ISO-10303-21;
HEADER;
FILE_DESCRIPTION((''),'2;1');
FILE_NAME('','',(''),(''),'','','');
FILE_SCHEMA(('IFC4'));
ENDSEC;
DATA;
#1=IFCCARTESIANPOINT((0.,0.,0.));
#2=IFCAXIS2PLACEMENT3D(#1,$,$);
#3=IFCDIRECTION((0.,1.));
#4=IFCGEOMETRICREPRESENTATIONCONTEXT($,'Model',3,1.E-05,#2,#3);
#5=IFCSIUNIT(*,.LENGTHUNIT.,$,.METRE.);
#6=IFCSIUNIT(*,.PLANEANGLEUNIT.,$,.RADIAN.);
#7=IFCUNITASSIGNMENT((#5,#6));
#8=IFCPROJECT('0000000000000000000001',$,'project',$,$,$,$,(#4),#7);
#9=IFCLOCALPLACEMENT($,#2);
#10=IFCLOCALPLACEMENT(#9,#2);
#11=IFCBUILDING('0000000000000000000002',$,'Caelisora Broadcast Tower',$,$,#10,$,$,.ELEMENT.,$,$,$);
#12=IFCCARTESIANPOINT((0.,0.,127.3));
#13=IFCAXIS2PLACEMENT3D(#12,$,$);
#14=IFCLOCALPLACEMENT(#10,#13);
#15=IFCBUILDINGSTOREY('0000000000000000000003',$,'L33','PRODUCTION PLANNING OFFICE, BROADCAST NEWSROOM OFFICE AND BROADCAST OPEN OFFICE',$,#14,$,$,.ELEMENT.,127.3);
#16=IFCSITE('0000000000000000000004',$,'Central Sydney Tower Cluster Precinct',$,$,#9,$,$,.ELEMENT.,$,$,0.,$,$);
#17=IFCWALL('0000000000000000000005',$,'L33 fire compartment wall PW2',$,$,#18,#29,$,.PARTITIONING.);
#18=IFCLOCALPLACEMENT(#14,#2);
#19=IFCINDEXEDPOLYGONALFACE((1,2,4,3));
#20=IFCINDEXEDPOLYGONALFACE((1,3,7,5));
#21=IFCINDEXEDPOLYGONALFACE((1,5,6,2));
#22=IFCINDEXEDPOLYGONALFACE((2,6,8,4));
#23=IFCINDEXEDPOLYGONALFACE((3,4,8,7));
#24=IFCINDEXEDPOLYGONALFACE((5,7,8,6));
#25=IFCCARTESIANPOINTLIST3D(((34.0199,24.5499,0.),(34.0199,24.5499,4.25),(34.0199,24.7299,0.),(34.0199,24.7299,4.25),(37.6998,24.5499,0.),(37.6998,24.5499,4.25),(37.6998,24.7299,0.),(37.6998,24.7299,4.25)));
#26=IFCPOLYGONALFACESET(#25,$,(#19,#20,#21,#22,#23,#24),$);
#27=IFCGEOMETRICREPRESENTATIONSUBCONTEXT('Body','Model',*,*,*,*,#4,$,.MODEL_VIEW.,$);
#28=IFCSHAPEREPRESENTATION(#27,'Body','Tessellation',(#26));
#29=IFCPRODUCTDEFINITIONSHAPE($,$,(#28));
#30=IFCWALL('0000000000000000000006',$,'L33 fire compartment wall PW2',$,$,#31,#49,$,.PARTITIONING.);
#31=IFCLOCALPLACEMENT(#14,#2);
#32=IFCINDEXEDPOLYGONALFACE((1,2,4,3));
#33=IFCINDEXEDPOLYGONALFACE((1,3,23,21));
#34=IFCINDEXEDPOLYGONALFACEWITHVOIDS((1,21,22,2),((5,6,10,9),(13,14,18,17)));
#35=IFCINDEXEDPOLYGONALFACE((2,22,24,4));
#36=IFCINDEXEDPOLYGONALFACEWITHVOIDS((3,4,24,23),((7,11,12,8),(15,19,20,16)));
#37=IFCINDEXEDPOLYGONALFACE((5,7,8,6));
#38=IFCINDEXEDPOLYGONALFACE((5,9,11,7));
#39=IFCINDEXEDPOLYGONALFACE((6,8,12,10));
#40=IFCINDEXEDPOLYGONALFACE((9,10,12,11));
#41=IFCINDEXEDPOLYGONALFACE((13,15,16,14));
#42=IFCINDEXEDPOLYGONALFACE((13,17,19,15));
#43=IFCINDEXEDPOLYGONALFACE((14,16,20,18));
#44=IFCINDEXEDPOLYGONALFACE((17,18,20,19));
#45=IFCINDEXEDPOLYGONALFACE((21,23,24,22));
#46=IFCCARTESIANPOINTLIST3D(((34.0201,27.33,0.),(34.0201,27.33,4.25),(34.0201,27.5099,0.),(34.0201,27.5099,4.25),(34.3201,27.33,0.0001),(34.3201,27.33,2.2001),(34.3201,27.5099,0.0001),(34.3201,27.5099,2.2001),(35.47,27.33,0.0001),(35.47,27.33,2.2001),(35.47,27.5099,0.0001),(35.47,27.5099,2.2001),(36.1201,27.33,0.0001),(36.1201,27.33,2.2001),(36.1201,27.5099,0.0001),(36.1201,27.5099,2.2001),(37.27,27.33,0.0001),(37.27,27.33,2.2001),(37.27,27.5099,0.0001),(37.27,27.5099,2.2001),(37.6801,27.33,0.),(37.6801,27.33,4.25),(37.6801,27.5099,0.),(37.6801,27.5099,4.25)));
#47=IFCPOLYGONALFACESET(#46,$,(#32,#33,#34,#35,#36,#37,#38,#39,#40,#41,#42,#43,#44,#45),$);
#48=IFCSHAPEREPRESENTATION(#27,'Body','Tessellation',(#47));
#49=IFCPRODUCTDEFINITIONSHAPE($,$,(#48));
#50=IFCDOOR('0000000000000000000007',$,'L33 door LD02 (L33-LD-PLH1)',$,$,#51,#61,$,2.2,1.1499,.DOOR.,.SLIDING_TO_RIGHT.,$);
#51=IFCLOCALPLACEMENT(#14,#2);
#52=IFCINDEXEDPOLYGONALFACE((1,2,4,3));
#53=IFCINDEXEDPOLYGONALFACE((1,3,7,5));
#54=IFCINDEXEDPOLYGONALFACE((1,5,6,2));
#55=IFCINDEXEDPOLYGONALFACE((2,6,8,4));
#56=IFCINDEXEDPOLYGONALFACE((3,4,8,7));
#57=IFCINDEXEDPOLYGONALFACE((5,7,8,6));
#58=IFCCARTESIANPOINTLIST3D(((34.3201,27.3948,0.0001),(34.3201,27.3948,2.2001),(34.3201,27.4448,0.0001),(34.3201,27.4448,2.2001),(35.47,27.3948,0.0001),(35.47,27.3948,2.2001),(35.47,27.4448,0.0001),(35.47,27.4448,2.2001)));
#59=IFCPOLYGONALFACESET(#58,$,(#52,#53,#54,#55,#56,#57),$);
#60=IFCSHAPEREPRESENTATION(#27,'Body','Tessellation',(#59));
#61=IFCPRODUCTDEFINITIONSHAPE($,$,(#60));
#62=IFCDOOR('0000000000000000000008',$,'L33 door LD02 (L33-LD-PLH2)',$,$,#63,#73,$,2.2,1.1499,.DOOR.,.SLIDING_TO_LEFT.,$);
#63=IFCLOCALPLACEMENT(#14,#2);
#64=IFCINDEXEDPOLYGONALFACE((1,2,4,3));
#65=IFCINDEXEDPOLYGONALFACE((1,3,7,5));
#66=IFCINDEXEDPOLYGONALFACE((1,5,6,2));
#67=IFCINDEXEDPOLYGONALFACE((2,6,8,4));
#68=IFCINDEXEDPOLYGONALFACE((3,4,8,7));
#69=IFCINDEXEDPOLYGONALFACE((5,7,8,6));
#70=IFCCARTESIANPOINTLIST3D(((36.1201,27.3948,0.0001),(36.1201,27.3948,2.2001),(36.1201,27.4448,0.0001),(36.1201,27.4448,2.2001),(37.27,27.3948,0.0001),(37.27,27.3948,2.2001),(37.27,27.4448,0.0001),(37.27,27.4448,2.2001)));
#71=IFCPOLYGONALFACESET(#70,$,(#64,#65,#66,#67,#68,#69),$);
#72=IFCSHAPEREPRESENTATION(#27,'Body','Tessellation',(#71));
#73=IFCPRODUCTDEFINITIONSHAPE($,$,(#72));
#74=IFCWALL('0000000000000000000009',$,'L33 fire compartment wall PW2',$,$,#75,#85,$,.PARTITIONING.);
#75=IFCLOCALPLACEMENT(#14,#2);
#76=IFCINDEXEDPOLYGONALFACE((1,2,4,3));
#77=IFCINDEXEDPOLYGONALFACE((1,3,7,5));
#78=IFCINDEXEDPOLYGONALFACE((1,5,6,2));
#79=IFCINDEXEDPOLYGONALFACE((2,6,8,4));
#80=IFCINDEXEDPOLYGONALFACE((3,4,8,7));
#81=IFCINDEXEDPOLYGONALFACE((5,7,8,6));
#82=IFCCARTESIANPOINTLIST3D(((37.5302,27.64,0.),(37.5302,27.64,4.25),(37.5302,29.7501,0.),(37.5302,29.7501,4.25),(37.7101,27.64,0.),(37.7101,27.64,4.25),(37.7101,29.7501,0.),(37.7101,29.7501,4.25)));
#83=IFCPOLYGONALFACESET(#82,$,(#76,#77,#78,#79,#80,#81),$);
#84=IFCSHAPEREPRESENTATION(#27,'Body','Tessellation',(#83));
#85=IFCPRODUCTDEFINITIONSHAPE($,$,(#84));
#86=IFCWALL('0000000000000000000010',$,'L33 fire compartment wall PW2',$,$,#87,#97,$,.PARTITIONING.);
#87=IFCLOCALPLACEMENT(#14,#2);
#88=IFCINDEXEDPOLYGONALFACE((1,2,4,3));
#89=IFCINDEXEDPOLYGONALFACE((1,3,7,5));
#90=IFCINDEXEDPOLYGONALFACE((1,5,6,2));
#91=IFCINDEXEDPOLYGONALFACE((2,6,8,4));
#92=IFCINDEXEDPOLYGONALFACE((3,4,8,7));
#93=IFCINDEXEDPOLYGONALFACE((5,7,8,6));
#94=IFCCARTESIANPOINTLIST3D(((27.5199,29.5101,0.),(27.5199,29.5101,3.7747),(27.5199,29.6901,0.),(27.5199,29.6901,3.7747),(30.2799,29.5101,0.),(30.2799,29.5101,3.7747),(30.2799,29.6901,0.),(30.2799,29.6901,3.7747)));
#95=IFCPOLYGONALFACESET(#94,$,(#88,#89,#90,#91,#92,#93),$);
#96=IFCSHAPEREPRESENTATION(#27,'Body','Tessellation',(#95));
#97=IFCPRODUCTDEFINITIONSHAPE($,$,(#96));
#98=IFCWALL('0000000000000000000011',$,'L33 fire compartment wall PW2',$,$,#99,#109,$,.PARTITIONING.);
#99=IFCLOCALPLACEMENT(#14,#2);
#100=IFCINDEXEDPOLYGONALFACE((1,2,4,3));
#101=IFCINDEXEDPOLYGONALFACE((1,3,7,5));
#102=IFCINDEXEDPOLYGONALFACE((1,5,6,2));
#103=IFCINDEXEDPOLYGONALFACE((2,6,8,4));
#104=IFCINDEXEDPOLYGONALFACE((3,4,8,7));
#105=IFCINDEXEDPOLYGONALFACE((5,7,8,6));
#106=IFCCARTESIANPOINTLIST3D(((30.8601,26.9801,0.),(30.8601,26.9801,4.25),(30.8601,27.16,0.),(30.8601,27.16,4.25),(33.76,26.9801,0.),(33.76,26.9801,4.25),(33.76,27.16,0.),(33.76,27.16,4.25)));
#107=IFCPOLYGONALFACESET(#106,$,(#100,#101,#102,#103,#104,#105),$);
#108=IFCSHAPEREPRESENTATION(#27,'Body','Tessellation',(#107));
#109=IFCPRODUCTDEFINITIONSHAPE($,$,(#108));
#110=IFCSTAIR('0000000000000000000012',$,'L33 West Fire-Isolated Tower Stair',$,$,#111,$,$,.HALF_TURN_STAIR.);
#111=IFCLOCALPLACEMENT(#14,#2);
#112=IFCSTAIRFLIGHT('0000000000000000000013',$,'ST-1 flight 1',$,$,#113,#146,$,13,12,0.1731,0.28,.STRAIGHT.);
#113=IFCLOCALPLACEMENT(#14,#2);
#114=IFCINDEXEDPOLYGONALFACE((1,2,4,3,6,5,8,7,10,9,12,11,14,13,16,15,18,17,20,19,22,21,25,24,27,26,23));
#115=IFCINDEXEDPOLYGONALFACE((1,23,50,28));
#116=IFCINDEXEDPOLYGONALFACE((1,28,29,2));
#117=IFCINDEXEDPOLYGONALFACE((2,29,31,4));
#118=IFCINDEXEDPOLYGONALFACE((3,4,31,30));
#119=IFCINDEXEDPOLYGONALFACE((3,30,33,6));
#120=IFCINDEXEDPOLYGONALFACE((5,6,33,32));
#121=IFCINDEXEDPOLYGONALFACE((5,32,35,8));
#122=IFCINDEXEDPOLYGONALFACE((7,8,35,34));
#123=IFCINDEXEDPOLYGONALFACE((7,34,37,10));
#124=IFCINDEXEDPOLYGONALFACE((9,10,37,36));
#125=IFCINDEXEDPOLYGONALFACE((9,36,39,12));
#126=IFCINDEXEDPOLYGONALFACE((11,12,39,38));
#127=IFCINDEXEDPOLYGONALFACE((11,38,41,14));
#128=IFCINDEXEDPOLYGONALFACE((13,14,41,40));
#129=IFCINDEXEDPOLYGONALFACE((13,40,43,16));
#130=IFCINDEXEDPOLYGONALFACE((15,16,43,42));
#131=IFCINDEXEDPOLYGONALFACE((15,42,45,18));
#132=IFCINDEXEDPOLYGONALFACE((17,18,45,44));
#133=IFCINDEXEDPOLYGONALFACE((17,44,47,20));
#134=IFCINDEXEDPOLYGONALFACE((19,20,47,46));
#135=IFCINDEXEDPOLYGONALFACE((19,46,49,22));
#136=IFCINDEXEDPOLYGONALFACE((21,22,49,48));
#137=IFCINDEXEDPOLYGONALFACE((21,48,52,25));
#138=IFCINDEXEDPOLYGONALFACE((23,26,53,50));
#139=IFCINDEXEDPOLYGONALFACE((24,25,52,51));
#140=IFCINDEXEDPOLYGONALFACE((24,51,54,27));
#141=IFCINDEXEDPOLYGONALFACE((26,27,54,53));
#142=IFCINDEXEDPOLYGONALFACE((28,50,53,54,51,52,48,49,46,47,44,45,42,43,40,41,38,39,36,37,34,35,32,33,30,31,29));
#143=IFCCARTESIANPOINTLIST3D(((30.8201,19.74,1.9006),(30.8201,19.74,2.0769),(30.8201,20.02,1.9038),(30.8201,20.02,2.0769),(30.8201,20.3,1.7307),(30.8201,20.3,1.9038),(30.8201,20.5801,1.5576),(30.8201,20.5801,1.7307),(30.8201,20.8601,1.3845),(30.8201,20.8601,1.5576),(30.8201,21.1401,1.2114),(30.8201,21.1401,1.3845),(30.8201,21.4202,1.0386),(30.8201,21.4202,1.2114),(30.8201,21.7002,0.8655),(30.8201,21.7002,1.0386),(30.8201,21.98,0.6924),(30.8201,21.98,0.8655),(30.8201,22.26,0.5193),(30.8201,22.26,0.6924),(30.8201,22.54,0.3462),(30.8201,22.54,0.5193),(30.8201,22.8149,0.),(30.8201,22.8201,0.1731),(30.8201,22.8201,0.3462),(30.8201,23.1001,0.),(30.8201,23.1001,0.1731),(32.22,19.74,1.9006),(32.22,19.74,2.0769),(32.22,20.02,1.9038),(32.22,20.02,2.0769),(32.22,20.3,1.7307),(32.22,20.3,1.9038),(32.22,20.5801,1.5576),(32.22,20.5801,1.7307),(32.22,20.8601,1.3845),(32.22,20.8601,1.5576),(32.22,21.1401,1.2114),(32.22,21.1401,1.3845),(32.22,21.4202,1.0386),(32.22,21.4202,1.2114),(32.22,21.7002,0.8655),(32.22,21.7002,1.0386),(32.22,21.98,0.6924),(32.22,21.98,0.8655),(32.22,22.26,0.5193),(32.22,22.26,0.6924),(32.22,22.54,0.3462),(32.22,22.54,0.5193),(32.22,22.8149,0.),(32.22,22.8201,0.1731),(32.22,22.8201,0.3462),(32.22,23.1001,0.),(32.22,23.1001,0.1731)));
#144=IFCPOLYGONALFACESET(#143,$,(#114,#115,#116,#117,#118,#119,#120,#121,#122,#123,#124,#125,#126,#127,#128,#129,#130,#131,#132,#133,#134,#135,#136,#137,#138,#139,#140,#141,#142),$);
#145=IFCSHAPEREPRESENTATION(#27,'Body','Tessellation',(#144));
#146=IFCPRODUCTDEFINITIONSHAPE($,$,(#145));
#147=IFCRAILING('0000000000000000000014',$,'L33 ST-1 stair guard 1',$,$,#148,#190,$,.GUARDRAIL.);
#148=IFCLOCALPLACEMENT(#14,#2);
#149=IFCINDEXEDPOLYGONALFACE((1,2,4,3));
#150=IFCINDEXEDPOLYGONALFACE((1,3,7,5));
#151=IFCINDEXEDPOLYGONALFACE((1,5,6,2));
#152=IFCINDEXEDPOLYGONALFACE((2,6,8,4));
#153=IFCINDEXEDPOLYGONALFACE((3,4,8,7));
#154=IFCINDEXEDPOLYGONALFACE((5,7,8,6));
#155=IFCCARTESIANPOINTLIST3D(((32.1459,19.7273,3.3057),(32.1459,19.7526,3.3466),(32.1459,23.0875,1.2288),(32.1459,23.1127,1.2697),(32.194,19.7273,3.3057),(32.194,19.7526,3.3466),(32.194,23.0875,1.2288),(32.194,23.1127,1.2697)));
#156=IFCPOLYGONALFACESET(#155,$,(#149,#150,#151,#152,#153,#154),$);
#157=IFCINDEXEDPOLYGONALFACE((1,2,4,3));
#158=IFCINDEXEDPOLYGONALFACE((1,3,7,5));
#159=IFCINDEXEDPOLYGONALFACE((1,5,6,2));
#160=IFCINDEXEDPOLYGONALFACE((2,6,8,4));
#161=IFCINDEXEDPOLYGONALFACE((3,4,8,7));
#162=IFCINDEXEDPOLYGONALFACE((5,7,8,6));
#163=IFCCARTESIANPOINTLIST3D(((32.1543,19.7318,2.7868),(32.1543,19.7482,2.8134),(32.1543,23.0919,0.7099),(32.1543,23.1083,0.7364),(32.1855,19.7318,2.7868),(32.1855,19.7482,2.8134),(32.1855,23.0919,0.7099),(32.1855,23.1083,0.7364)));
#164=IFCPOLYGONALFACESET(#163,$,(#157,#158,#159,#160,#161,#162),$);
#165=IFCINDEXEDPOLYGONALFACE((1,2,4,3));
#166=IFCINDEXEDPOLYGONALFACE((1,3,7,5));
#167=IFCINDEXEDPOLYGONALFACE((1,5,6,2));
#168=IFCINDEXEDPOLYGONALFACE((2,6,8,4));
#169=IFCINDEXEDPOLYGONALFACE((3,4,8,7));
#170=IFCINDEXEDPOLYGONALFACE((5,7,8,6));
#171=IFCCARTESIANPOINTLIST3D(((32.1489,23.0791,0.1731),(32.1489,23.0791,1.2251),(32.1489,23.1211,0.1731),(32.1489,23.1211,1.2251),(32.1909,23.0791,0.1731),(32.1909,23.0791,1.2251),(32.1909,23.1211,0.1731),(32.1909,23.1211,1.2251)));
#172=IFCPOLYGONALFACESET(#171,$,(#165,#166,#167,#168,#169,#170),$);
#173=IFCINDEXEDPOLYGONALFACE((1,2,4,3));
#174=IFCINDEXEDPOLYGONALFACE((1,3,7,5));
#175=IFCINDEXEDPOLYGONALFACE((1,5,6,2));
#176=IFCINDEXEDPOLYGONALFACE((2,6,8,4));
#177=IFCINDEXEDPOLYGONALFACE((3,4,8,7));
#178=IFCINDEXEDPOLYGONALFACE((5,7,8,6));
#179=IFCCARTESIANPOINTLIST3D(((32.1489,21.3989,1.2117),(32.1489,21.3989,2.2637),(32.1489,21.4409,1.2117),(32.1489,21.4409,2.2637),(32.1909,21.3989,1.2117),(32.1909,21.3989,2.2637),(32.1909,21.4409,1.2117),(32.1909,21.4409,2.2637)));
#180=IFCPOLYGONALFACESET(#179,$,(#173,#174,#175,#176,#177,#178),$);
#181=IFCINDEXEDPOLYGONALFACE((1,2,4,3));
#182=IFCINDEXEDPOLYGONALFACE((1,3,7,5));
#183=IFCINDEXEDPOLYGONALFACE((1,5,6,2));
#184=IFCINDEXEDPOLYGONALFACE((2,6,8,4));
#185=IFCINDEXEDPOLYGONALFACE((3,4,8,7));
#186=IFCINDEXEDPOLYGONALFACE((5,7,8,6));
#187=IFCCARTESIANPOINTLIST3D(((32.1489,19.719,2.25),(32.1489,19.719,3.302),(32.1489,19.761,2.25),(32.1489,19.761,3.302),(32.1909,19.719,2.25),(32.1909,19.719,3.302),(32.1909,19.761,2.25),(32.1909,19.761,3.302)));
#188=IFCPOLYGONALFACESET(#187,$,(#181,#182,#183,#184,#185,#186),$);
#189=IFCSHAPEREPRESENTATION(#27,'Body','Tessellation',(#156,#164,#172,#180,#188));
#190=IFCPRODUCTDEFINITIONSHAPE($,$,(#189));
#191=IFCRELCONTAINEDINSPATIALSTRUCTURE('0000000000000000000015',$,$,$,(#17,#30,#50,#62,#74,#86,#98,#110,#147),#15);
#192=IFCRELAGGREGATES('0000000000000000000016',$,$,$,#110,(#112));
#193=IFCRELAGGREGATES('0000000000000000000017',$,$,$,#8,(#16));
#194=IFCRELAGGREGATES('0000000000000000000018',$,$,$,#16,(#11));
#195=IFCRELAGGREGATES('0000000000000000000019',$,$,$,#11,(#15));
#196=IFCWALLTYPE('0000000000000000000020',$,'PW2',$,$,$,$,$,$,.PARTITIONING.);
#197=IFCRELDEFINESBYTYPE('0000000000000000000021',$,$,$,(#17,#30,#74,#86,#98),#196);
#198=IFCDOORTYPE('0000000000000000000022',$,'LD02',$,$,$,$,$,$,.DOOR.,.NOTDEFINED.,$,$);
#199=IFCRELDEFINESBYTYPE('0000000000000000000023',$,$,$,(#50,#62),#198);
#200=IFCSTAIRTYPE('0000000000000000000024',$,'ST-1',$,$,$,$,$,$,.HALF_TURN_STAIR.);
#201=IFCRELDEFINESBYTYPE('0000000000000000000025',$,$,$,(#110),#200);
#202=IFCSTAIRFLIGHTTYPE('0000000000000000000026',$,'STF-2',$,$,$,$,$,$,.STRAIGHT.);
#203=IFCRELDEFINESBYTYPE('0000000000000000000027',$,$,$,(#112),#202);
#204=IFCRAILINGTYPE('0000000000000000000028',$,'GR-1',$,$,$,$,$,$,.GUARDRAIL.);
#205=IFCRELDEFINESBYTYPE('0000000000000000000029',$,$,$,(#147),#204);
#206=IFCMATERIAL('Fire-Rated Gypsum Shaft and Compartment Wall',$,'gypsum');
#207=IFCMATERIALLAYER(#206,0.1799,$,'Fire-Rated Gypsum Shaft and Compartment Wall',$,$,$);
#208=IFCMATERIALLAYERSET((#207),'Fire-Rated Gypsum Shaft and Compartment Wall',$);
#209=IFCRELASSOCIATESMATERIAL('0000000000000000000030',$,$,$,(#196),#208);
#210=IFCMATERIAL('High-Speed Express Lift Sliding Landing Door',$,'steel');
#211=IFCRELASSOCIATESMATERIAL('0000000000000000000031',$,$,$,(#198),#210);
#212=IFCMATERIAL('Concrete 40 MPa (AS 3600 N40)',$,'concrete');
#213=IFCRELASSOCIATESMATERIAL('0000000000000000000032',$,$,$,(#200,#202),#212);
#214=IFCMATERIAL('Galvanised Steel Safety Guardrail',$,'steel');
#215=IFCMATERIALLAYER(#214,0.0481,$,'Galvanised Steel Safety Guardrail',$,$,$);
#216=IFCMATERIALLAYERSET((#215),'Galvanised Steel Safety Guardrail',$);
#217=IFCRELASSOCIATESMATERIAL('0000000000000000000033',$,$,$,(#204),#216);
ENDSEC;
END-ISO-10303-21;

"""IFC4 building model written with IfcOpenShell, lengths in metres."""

from ifc_helpers import new_model, si_unit, direction, frame, frame_2d, origin, origin_2d, place, context, subcontext, project, spatial, polyline, rectangle, outline, extrude, material, layer, layer_set, type_object, element, fill, aggregate, save


model = new_model("IFC4")

# Units and contexts
model_context = context("Model", 3, precision=1e-05, world=origin(), true_north=direction((0.0, 1.0)))
body_context = subcontext(model_context, "Body", "Model", "MODEL_VIEW")
ifc_project = project(units=[si_unit("LENGTHUNIT", "METRE"), si_unit("PLANEANGLEUNIT", "RADIAN")], contexts=[model_context])

# Site, building, storey
site_placement = place(None, origin())
site = spatial("IfcSite", under=ifc_project, at=site_placement, Name="Central Sydney Tower Cluster Precinct", CompositionType="ELEMENT", RefElevation=0.0)
building_placement = place(site_placement, origin())
building = spatial("IfcBuilding", under=site, at=building_placement, Name="Caelisora Broadcast Tower", CompositionType="ELEMENT")
storey_placement = place(building_placement, frame((0.0, 0.0, 127.3)))
storey = spatial("IfcBuildingStorey", under=building, at=storey_placement, Name="L33", Description="PRODUCTION PLANNING OFFICE, BROADCAST NEWSROOM OFFICE AND BROADCAST OPEN OFFICE", CompositionType="ELEMENT", Elevation=127.3)

# Shared definitions
ifc_material_1 = material(Name="Fire-Rated Gypsum Shaft and Compartment Wall", Category="gypsum")
ifc_layer_1 = layer(ifc_material_1, 0.1799, Name="Fire-Rated Gypsum Shaft and Compartment Wall")
ifc_layer_set_1 = layer_set([ifc_layer_1], Name="Fire-Rated Gypsum Shaft and Compartment Wall")
wall_type_1 = type_object("IfcWallType", Name="PW2", PredefinedType="PARTITIONING", material=ifc_layer_set_1)
ifc_material_2 = material(Name="High-Speed Express Lift Sliding Landing Door", Category="steel")
door_type = type_object("IfcDoorType", Name="LD02", OperationType="NOTDEFINED", PredefinedType="DOOR", material=ifc_material_2)

# Wall
wall_1_placement = place(storey_placement, frame((34.02, 24.6399, 0.0), z_axis=(0.0, 0.0, 1.0), x_axis=(1.0, 0.0, 0.0)))
element("IfcWall", 1, at=wall_1_placement, inside=storey, type_object=wall_type_1, Name="L33 fire compartment wall PW2", PredefinedType="PARTITIONING", context=body_context, shape_type="SweptSolid", body=[
    extrude(rectangle(XDim=3.6799, YDim=0.1799, at=frame_2d((1.8398, 0.0))), origin(), (0.0, 0.0, 1.0), 4.25),
])

# Wall, openings, doors
wall_2_placement = place(storey_placement, frame((34.02, 27.4199, 0.0), z_axis=(0.0, 0.0, 1.0), x_axis=(1.0, 0.0, 0.0)))
wall_2 = element("IfcWall", 2, at=wall_2_placement, inside=storey, type_object=wall_type_1, Name="L33 fire compartment wall PW2", PredefinedType="PARTITIONING", context=body_context, shape_type="SweptSolid", body=[
    extrude(rectangle(XDim=3.6599, YDim=0.1799, at=frame_2d((1.8301, 0.0))), origin(), (0.0, 0.0, 1.0), 4.25),
])
opening_1_placement = place(wall_2_placement, frame((0.3, 0.0, 0.0)))
opening_1 = element("IfcOpeningElement", 3, at=opening_1_placement, cuts=wall_2, PredefinedType="OPENING", context=body_context, shape_type="SweptSolid", body=[
    extrude(rectangle(XDim=1.1499, YDim=2.2, at=frame_2d((0.575, 1.1001))), frame((0.0, 0.1021, 0.0), z_axis=(0.0, -1.0, 0.0), x_axis=(1.0, 0.0, 0.0)), (0.0, 0.0, 1.0), 0.2039),
])
opening_2_placement = place(wall_2_placement, frame((2.1001, 0.0, 0.0)))
opening_2 = element("IfcOpeningElement", 4, at=opening_2_placement, cuts=wall_2, PredefinedType="OPENING", context=body_context, shape_type="SweptSolid", body=[
    extrude(rectangle(XDim=1.1499, YDim=2.2, at=frame_2d((0.575, 1.1001))), frame((0.0, 0.1021, 0.0), z_axis=(0.0, -1.0, 0.0), x_axis=(1.0, 0.0, 0.0)), (0.0, 0.0, 1.0), 0.2039),
])
door_1_placement = place(opening_1_placement, origin())
door_1 = element("IfcDoor", 5, at=door_1_placement, inside=storey, type_object=door_type, Name="L33 door LD02 (L33-LD-PLH1)", OperationType="SLIDING_TO_RIGHT", OverallHeight=2.2, OverallWidth=1.1499, PredefinedType="DOOR", context=body_context, shape_type="SweptSolid", body=[
    extrude(rectangle(XDim=1.1499, YDim=2.2, at=frame_2d((0.575, 1.1001))), frame((0.0, 0.0249, 0.0), z_axis=(0.0, -1.0, 0.0), x_axis=(1.0, 0.0, 0.0)), (0.0, 0.0, 1.0), 0.05),
])
fill(opening_1, door_1)
door_2_placement = place(opening_2_placement, origin())
door_2 = element("IfcDoor", 6, at=door_2_placement, inside=storey, type_object=door_type, Name="L33 door LD02 (L33-LD-PLH2)", OperationType="SLIDING_TO_LEFT", OverallHeight=2.2, OverallWidth=1.1499, PredefinedType="DOOR", context=body_context, shape_type="SweptSolid", body=[
    extrude(rectangle(XDim=1.1499, YDim=2.2, at=frame_2d((0.575, 1.1001))), frame((0.0, 0.0249, 0.0), z_axis=(0.0, -1.0, 0.0), x_axis=(1.0, 0.0, 0.0)), (0.0, 0.0, 1.0), 0.05),
])
fill(opening_2, door_2)

# Walls
wall_3_placement = place(storey_placement, frame((37.6201, 27.6399, 0.0), z_axis=(0.0, 0.0, 1.0), x_axis=(0.0, 1.0, 0.0)))
element("IfcWall", 7, at=wall_3_placement, inside=storey, type_object=wall_type_1, Name="L33 fire compartment wall PW2", PredefinedType="PARTITIONING", context=body_context, shape_type="SweptSolid", body=[
    extrude(rectangle(XDim=2.1101, YDim=0.1799, at=frame_2d((1.0552, 0.0))), origin(), (0.0, 0.0, 1.0), 4.25),
])
wall_4_placement = place(storey_placement, frame((27.52, 29.6001, 0.0), z_axis=(0.0, 0.0, 1.0), x_axis=(1.0, 0.0, 0.0)))
element("IfcWall", 8, at=wall_4_placement, inside=storey, type_object=wall_type_1, Name="L33 fire compartment wall PW2", PredefinedType="PARTITIONING", context=body_context, shape_type="SweptSolid", body=[
    extrude(rectangle(XDim=2.76, YDim=0.1799, at=frame_2d((1.3799, 0.0))), origin(), (0.0, 0.0, 1.0), 3.7747),
])
wall_5_placement = place(storey_placement, frame((30.8601, 27.0701, 0.0), z_axis=(0.0, 0.0, 1.0), x_axis=(1.0, 0.0, 0.0)))
element("IfcWall", 9, at=wall_5_placement, inside=storey, type_object=wall_type_1, Name="L33 fire compartment wall PW2", PredefinedType="PARTITIONING", context=body_context, shape_type="SweptSolid", body=[
    extrude(rectangle(XDim=2.8999, YDim=0.1799, at=frame_2d((1.45, 0.0))), origin(), (0.0, 0.0, 1.0), 4.25),
])

# Stair, stair flight
ifc_material_3 = material(Name="Concrete 40 MPa (AS 3600 N40)", Category="concrete")
stair_type = type_object("IfcStairType", Name="ST-1", PredefinedType="HALF_TURN_STAIR", material=ifc_material_3)
stair_placement = place(storey_placement, origin())
stair = element("IfcStair", 10, at=stair_placement, inside=storey, type_object=stair_type, Name="L33 West Fire-Isolated Tower Stair", PredefinedType="HALF_TURN_STAIR")
stair_flight_type = type_object("IfcStairFlightType", Name="STF-2", PredefinedType="STRAIGHT", material=ifc_material_3)
stair_flight_placement = place(storey_placement, frame((31.52, 23.1001, 0.0), z_axis=(0.0, 0.0, 1.0), x_axis=(0.0, -1.0, 0.0)))
stair_flight = element("IfcStairFlight", 11, at=stair_flight_placement, type_object=stair_flight_type, Name="ST-1 flight 1", NumberOfRisers=13, NumberOfTreads=12, PredefinedType="STRAIGHT", RiserHeight=0.1731, TreadLength=0.28, context=body_context, shape_type="SweptSolid", body=[
    extrude(outline(polyline([(0.0, 0.0), (0.0, 0.1731), (0.28, 0.1731), (0.28, 0.3462), (0.5601, 0.3462), (0.5601, 0.5193), (0.8401, 0.5193), (0.8401, 0.6924), (1.1201, 0.6924), (1.1201, 0.8655), (1.3999, 0.8655), (1.3999, 1.0386), (1.6799, 1.0386), (1.6799, 1.2114), (1.96, 1.2114), (1.96, 1.3845), (2.24, 1.3845), (2.24, 1.5576), (2.52, 1.5576), (2.52, 1.7307), (2.8, 1.7307), (2.8, 1.9038), (3.0801, 1.9038), (3.0801, 2.0769), (3.3601, 2.0769), (3.3601, 2.25), (3.3601, 1.9006), (0.2852, 0.0), (0.0, 0.0)])), frame((0.0, 0.7, 0.0), z_axis=(0.0, -1.0, 0.0), x_axis=(1.0, 0.0, 0.0)), (0.0, 0.0, 1.0), 1.3999),
])
aggregate(stair, [stair_flight])

# Railing
ifc_material_4 = material(Name="Galvanised Steel Safety Guardrail", Category="steel")
ifc_layer_2 = layer(ifc_material_4, 0.0481, Name="Galvanised Steel Safety Guardrail")
ifc_layer_set_2 = layer_set([ifc_layer_2], Name="Galvanised Steel Safety Guardrail")
railing_type = type_object("IfcRailingType", Name="GR-1", PredefinedType="GUARDRAIL", material=ifc_layer_set_2)
railing_1_placement = place(storey_placement, frame((32.1699, 23.1001, 0.1731)))
element("IfcRailing", 12, at=railing_1_placement, inside=storey, type_object=railing_type, Name="L33 ST-1 stair guard 1", PredefinedType="GUARDRAIL", context=body_context, shape_type="SweptSolid", body=[
    extrude(rectangle(XDim=0.0481, YDim=0.0481, at=origin_2d()), frame((0.0, 0.0, 1.0762), z_axis=(0.0, -0.850623, 0.525776), x_axis=(1.0, 0.0, 0.0)), (0.0, 0.0, 1.0), 3.9502),
    extrude(rectangle(XDim=0.0312, YDim=0.0312, at=origin_2d()), frame((0.0, 0.0, 0.55), z_axis=(0.0, -0.850623, 0.525776), x_axis=(1.0, 0.0, 0.0)), (0.0, 0.0, 1.0), 3.9502),
    extrude(rectangle(XDim=0.042, YDim=0.042, at=origin_2d()), origin(), (0.0, 0.0, 1.0), 1.052),
    extrude(rectangle(XDim=0.042, YDim=0.042, at=origin_2d()), frame((0.0, -1.6802, 1.0386)), (0.0, 0.0, 1.0), 1.052),
    extrude(rectangle(XDim=0.042, YDim=0.042, at=origin_2d()), frame((0.0, -3.3601, 2.0769)), (0.0, 0.0, 1.0), 1.052),
])

save(model, "model.ifc")
